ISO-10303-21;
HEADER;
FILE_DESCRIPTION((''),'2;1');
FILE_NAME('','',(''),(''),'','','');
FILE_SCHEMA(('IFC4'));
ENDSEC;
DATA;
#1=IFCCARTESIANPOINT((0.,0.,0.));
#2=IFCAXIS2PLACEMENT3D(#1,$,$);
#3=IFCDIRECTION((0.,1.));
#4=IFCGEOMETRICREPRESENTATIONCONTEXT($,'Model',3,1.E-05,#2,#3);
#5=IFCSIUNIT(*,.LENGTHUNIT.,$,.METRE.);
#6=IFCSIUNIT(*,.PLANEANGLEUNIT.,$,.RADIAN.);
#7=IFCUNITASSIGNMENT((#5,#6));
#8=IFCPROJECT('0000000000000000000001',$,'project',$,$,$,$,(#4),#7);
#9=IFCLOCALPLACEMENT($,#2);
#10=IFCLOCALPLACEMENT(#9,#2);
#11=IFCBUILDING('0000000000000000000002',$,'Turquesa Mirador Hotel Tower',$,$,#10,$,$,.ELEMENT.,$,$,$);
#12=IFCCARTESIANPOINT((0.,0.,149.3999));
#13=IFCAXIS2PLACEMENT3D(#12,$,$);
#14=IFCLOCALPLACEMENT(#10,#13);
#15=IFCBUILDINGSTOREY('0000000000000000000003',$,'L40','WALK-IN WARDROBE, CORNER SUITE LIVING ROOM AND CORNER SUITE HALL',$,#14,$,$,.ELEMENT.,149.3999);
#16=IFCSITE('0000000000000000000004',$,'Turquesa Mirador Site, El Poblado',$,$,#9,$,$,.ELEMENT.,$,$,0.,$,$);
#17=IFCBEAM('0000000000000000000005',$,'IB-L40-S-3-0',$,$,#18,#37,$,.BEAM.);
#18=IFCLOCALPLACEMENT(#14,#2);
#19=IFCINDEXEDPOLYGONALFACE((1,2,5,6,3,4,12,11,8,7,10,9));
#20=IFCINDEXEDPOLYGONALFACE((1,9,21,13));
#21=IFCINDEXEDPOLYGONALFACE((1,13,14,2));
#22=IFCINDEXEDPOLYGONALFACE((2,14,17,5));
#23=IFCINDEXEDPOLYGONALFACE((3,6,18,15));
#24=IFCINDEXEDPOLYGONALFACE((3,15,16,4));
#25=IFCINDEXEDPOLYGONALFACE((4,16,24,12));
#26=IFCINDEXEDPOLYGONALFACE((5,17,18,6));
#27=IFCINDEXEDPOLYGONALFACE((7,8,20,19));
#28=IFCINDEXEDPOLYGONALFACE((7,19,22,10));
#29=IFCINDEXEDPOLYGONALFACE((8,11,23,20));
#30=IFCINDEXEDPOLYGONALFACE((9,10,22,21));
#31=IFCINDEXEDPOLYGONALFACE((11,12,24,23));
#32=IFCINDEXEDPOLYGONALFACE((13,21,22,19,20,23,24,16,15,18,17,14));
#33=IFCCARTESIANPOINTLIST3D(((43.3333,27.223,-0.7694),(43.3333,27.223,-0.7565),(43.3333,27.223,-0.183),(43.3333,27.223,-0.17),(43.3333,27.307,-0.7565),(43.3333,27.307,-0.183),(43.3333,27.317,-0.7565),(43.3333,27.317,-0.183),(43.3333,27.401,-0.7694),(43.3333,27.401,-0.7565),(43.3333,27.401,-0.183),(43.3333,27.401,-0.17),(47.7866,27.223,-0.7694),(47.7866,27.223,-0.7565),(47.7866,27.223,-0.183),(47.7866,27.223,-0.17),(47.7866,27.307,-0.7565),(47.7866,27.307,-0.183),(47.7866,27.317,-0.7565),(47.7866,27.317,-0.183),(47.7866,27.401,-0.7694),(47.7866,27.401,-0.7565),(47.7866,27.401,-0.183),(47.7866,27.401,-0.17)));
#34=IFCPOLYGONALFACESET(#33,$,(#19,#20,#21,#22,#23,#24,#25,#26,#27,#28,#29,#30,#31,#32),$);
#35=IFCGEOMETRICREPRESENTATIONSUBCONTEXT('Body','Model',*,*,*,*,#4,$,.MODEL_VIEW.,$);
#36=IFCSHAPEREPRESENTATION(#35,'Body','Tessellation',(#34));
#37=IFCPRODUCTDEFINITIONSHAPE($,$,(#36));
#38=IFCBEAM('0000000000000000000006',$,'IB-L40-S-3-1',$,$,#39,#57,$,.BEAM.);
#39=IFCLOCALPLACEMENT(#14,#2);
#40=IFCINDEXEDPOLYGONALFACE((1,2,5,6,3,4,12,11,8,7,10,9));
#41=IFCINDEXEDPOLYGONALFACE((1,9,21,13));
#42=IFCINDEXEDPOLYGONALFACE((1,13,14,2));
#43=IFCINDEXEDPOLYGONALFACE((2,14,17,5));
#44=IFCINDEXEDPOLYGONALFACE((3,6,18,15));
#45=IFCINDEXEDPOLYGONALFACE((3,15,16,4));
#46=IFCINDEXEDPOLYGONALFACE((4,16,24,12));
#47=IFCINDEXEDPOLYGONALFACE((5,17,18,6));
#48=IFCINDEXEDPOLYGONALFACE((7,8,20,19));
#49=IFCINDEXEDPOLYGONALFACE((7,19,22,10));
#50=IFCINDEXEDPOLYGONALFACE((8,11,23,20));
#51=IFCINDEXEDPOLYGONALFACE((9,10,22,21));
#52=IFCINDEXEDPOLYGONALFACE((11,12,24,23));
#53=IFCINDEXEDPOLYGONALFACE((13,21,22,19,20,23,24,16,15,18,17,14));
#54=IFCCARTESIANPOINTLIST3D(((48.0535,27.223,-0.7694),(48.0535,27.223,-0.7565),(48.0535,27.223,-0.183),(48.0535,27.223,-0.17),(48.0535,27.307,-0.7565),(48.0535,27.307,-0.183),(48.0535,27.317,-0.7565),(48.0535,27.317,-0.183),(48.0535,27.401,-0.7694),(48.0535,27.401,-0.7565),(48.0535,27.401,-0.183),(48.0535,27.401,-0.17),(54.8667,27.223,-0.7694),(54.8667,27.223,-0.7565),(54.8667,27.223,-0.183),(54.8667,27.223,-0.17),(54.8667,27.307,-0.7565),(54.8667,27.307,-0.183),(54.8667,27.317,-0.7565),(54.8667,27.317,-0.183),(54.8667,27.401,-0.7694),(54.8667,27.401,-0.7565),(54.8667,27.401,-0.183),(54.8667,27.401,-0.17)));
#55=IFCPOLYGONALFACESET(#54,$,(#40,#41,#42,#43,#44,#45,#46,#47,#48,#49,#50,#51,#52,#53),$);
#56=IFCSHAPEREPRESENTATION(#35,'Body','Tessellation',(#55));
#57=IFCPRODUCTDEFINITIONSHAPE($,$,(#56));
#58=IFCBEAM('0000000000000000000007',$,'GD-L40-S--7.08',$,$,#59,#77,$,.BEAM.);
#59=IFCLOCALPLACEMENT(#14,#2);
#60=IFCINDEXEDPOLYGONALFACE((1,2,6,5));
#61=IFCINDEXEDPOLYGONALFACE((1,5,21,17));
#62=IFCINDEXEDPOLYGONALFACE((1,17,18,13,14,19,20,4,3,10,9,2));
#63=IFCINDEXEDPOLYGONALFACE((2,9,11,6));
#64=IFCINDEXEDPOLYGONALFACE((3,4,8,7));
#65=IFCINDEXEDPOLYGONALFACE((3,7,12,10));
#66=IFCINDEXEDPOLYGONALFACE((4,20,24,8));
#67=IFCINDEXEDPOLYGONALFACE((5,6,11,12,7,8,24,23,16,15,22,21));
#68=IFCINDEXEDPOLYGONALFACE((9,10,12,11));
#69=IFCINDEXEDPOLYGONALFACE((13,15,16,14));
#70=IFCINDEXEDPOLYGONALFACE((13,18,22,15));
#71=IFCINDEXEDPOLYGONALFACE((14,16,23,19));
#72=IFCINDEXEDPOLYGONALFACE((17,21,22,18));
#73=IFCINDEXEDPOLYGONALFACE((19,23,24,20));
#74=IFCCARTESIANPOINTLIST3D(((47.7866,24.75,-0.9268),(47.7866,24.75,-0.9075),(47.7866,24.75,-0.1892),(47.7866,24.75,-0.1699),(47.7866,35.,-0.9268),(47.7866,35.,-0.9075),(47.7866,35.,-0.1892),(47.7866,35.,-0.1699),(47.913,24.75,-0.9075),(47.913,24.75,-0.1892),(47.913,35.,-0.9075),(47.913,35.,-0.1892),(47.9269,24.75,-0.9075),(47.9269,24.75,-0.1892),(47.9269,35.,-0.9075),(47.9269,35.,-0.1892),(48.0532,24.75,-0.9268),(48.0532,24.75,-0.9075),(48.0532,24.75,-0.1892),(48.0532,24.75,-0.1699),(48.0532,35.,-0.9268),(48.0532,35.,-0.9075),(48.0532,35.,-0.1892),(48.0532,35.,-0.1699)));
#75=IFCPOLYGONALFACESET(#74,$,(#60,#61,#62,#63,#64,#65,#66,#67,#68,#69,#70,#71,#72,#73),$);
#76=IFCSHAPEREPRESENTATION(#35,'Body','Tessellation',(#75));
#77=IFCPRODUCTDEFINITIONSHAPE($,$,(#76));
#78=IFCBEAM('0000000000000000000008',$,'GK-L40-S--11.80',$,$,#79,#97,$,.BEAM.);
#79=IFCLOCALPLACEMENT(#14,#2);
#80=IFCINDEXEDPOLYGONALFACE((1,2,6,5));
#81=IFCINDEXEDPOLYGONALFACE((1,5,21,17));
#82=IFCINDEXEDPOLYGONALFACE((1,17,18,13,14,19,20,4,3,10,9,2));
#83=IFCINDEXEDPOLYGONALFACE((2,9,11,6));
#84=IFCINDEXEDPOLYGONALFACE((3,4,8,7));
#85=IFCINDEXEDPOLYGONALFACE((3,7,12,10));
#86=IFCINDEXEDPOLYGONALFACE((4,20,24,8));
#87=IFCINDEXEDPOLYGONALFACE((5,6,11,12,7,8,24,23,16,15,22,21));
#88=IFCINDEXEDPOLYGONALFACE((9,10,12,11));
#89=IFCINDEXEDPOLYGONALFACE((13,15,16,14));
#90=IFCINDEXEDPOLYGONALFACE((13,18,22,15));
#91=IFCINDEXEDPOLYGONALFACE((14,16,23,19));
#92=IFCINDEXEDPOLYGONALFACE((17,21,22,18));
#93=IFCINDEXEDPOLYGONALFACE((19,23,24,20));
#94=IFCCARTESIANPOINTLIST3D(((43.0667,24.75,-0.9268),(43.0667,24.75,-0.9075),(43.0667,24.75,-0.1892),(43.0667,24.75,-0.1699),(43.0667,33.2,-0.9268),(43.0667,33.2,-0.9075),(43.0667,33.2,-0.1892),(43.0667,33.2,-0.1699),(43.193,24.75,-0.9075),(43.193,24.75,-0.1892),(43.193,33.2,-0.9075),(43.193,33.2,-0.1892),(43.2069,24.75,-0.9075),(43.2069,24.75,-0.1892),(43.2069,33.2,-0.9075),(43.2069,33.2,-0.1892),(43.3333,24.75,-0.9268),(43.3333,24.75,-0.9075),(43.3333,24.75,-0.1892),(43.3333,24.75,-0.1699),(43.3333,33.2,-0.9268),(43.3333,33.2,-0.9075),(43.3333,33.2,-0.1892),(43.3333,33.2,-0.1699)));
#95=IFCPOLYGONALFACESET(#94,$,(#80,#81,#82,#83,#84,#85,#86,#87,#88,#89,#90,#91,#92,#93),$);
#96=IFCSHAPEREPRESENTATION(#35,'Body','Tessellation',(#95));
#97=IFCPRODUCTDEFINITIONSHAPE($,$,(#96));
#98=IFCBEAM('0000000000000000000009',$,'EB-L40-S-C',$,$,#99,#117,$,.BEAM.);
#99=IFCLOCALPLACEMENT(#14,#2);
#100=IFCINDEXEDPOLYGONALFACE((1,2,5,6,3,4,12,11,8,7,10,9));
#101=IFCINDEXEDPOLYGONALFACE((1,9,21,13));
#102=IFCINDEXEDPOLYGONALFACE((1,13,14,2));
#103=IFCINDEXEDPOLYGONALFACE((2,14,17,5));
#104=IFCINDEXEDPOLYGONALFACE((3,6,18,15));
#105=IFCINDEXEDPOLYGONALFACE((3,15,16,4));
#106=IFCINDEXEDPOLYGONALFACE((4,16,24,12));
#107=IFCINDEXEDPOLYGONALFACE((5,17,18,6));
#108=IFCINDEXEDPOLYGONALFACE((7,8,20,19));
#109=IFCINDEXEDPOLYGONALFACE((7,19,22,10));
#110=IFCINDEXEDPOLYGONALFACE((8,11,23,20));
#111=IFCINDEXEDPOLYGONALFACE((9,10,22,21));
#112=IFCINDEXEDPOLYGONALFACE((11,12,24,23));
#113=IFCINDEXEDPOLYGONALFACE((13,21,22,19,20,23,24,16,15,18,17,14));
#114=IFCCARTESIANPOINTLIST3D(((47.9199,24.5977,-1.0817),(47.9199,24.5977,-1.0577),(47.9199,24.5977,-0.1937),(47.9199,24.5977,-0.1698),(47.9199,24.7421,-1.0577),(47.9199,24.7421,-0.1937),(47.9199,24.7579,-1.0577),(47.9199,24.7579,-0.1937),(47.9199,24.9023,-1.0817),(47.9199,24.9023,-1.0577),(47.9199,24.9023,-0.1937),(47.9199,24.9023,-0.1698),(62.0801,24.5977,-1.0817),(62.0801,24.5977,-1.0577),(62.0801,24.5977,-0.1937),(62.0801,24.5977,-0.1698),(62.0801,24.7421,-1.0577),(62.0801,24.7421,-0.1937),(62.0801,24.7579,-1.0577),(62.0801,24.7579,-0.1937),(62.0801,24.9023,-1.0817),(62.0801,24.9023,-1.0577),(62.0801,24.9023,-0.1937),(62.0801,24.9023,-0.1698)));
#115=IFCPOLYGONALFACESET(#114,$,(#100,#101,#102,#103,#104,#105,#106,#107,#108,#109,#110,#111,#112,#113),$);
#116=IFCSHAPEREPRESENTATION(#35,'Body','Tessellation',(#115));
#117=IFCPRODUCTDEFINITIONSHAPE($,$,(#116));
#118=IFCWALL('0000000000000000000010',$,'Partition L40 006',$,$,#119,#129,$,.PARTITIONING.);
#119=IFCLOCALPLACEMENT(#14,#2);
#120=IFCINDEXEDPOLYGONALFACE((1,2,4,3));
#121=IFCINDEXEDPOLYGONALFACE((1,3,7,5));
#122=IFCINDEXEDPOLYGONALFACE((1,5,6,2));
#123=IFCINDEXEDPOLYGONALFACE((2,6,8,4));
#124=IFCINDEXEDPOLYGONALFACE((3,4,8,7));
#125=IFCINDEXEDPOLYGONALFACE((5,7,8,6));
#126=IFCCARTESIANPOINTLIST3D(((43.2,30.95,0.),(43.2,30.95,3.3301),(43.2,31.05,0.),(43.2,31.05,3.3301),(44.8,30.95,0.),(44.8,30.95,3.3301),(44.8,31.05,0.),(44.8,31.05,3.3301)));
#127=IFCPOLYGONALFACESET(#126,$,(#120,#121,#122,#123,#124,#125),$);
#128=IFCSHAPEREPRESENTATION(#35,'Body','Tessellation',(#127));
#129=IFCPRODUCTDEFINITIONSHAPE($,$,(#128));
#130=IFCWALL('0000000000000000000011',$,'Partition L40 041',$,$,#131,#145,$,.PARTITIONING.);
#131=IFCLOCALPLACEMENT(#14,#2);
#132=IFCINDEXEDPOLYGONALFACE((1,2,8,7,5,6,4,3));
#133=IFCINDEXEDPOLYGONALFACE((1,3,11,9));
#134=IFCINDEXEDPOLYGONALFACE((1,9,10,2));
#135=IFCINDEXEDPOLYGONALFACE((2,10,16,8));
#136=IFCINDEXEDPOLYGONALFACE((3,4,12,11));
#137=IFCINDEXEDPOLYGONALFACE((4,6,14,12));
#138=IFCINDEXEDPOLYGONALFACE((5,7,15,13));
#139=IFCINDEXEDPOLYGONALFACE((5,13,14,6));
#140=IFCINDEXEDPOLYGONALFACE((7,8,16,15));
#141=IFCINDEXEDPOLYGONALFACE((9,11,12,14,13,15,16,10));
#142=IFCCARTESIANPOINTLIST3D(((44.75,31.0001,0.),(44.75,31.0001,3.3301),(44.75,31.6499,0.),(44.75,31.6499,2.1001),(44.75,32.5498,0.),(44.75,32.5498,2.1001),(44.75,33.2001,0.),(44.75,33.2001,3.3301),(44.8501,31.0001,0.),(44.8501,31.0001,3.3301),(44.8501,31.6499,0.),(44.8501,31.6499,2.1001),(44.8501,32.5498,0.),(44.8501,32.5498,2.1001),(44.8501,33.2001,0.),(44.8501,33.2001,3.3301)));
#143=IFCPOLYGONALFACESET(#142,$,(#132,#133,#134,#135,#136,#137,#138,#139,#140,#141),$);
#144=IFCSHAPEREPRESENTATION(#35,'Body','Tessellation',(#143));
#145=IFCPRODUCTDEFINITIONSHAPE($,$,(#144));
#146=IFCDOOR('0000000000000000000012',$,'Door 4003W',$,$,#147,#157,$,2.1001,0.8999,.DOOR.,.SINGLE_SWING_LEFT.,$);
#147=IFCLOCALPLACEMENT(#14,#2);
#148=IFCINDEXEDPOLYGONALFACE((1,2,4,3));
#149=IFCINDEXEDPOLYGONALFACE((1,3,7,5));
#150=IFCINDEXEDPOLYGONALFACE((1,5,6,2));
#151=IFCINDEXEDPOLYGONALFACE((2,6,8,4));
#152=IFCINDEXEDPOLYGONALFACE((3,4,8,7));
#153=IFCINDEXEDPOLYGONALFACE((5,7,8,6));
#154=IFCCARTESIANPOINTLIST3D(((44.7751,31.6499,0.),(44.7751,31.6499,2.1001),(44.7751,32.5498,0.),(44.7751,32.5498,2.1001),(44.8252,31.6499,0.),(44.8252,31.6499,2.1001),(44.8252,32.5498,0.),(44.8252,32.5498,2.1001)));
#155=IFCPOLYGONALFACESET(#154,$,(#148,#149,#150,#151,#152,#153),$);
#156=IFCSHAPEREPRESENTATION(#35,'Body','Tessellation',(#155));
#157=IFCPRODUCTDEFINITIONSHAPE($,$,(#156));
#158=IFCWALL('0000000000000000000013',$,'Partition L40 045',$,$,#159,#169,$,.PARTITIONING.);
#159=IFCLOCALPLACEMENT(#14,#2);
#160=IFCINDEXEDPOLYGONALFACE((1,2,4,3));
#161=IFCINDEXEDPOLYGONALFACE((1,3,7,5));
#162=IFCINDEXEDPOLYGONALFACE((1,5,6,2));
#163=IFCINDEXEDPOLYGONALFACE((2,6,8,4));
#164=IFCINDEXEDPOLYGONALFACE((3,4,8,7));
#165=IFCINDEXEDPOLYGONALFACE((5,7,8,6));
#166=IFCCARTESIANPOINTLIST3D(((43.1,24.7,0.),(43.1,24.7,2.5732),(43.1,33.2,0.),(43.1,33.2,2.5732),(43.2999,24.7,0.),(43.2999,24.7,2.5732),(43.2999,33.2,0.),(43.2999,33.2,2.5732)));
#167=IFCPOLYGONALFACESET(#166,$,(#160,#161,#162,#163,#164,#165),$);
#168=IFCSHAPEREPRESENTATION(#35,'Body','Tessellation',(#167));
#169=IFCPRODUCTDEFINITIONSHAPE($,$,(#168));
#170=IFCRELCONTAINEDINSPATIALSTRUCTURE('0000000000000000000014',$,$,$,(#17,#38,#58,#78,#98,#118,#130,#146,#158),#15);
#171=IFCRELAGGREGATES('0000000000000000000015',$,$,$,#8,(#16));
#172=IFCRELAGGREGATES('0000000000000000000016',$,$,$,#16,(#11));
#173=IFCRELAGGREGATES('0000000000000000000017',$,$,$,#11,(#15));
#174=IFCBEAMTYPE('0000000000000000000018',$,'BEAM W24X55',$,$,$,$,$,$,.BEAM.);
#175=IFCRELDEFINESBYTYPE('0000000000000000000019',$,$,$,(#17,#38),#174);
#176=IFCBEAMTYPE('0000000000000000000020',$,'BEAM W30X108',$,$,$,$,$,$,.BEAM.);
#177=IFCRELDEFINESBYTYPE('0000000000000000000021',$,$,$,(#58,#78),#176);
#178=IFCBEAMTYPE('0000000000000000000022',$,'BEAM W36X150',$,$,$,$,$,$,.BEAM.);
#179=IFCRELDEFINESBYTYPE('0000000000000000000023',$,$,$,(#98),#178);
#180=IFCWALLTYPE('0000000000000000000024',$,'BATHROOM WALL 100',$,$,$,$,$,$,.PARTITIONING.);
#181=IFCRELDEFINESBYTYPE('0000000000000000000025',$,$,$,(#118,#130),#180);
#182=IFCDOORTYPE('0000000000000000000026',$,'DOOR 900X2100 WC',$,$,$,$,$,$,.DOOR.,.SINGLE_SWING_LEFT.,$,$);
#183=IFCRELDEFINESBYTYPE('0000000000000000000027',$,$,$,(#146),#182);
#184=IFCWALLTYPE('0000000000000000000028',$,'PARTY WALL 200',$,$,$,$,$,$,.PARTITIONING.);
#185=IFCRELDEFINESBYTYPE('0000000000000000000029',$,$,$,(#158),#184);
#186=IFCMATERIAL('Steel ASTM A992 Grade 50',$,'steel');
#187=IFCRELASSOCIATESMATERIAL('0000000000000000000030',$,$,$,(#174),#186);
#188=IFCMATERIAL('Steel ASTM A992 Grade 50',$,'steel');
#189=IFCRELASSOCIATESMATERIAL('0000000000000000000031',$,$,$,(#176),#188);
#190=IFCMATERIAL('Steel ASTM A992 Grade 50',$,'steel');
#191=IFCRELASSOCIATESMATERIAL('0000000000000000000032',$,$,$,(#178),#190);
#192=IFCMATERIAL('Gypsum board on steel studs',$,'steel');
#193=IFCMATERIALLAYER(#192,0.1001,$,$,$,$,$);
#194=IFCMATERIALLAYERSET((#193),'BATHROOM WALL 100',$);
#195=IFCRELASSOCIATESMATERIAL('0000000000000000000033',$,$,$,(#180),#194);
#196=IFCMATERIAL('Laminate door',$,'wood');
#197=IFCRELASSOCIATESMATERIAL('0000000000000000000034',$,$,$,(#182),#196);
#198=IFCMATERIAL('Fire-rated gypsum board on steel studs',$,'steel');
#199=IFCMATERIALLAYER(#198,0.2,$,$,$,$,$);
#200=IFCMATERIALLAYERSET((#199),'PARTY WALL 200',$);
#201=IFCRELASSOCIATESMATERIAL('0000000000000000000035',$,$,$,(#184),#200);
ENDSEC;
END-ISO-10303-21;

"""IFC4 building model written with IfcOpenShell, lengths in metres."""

from ifc_helpers import new_model, si_unit, direction, frame, frame_2d, origin, origin_2d, place, context, subcontext, project, spatial, rectangle, i_section, extrude, material, layer, layer_set, material_profile, profile_set, type_object, element, fill, save


model = new_model("IFC4")

# Units and contexts
model_context = context("Model", 3, precision=1e-05, world=origin(), true_north=direction((0.0, 1.0)))
body_context = subcontext(model_context, "Body", "Model", "MODEL_VIEW")
ifc_project = project(units=[si_unit("LENGTHUNIT", "METRE"), si_unit("PLANEANGLEUNIT", "RADIAN")], contexts=[model_context])

# Site, building, storey
site_placement = place(None, origin())
site = spatial("IfcSite", under=ifc_project, at=site_placement, Name="Turquesa Mirador Site, El Poblado", CompositionType="ELEMENT", RefElevation=0.0)
building_placement = place(site_placement, origin())
building = spatial("IfcBuilding", under=site, at=building_placement, Name="Turquesa Mirador Hotel Tower", CompositionType="ELEMENT")
storey_placement = place(building_placement, frame((0.0, 0.0, 149.3999)))
storey = spatial("IfcBuildingStorey", under=building, at=storey_placement, Name="L40", Description="WALK-IN WARDROBE, CORNER SUITE LIVING ROOM AND CORNER SUITE HALL", CompositionType="ELEMENT", Elevation=149.3999)

# Beams
ifc_material_1 = material(Name="Steel ASTM A992 Grade 50", Category="steel")
ifc_material_profile_1 = material_profile(ifc_material_1, i_section(OverallWidth=0.178, OverallDepth=0.5994, WebThickness=0.01, FlangeThickness=0.0129, at=origin_2d()), Name="W24X55")
ifc_profile_set_1 = profile_set([ifc_material_profile_1], Name="Steel ASTM A992 Grade 50")
beam_type_1 = type_object("IfcBeamType", Name="BEAM W24X55", PredefinedType="BEAM", material=ifc_profile_set_1)
beam_1_placement = place(storey_placement, frame((43.3333, 27.312, -0.4697), z_axis=(1.0, 0.0, 0.0), x_axis=(0.0, 1.0, 0.0)))
element("IfcBeam", 1, at=beam_1_placement, inside=storey, type_object=beam_type_1, Name="IB-L40-S-3-0", PredefinedType="BEAM", context=body_context, shape_type="SweptSolid", body=[
    extrude(i_section(OverallWidth=0.178, OverallDepth=0.5994, WebThickness=0.01, FlangeThickness=0.0129, at=origin_2d()), origin(), (0.0, 0.0, 1.0), 4.4534),
])
beam_2_placement = place(storey_placement, frame((48.0535, 27.312, -0.4697), z_axis=(1.0, 0.0, 0.0), x_axis=(0.0, 1.0, 0.0)))
element("IfcBeam", 2, at=beam_2_placement, inside=storey, type_object=beam_type_1, Name="IB-L40-S-3-1", PredefinedType="BEAM", context=body_context, shape_type="SweptSolid", body=[
    extrude(i_section(OverallWidth=0.178, OverallDepth=0.5994, WebThickness=0.01, FlangeThickness=0.0129, at=origin_2d()), origin(), (0.0, 0.0, 1.0), 6.8132),
])
ifc_material_2 = material(Name="Steel ASTM A992 Grade 50", Category="steel")
ifc_material_profile_2 = material_profile(ifc_material_2, i_section(OverallWidth=0.2666, OverallDepth=0.7568, WebThickness=0.0139, FlangeThickness=0.0193, at=origin_2d()), Name="W30X108")
ifc_profile_set_2 = profile_set([ifc_material_profile_2], Name="Steel ASTM A992 Grade 50")
beam_type_2 = type_object("IfcBeamType", Name="BEAM W30X108", PredefinedType="BEAM", material=ifc_profile_set_2)
beam_3_placement = place(storey_placement, frame((47.9199, 24.75, -0.5483), z_axis=(0.0, 1.0, 0.0), x_axis=(-1.0, 0.0, 0.0)))
element("IfcBeam", 3, at=beam_3_placement, inside=storey, type_object=beam_type_2, Name="GD-L40-S--7.08", PredefinedType="BEAM", context=body_context, shape_type="SweptSolid", body=[
    extrude(i_section(OverallWidth=0.2666, OverallDepth=0.7568, WebThickness=0.0139, FlangeThickness=0.0193, at=origin_2d()), origin(), (0.0, 0.0, 1.0), 10.25),
])
beam_4_placement = place(storey_placement, frame((43.2, 24.75, -0.5483), z_axis=(0.0, 1.0, 0.0), x_axis=(-1.0, 0.0, 0.0)))
element("IfcBeam", 4, at=beam_4_placement, inside=storey, type_object=beam_type_2, Name="GK-L40-S--11.80", PredefinedType="BEAM", context=body_context, shape_type="SweptSolid", body=[
    extrude(i_section(OverallWidth=0.2666, OverallDepth=0.7568, WebThickness=0.0139, FlangeThickness=0.0193, at=origin_2d()), origin(), (0.0, 0.0, 1.0), 8.45),
])
ifc_material_3 = material(Name="Steel ASTM A992 Grade 50", Category="steel")
ifc_material_profile_3 = material_profile(ifc_material_3, i_section(OverallWidth=0.3047, OverallDepth=0.9119, WebThickness=0.0159, FlangeThickness=0.0239, at=origin_2d()), Name="W36X150")
ifc_profile_set_3 = profile_set([ifc_material_profile_3], Name="Steel ASTM A992 Grade 50")
beam_type_3 = type_object("IfcBeamType", Name="BEAM W36X150", PredefinedType="BEAM", material=ifc_profile_set_3)
beam_5_placement = place(storey_placement, frame((47.9199, 24.75, -0.6257), z_axis=(1.0, 0.0, 0.0), x_axis=(0.0, 1.0, 0.0)))
element("IfcBeam", 5, at=beam_5_placement, inside=storey, type_object=beam_type_3, Name="EB-L40-S-C", PredefinedType="BEAM", context=body_context, shape_type="SweptSolid", body=[
    extrude(i_section(OverallWidth=0.3047, OverallDepth=0.9119, WebThickness=0.0159, FlangeThickness=0.0239, at=origin_2d()), origin(), (0.0, 0.0, 1.0), 14.1602),
])

# Wall
ifc_material_4 = material(Name="Gypsum board on steel studs", Category="steel")
ifc_layer_1 = layer(ifc_material_4, 0.1001)
ifc_layer_set_1 = layer_set([ifc_layer_1], Name="BATHROOM WALL 100")
wall_type_1 = type_object("IfcWallType", Name="BATHROOM WALL 100", PredefinedType="PARTITIONING", material=ifc_layer_set_1)
wall_1_placement = place(storey_placement, frame((43.2, 31.0, 0.0), z_axis=(0.0, 0.0, 1.0), x_axis=(1.0, 0.0, 0.0)))
element("IfcWall", 6, at=wall_1_placement, inside=storey, type_object=wall_type_1, Name="Partition L40 006", PredefinedType="PARTITIONING", context=body_context, shape_type="SweptSolid", body=[
    extrude(rectangle(XDim=1.6001, YDim=0.1001, at=frame_2d((0.8, 0.0))), origin(), (0.0, 0.0, 1.0), 3.3301),
])

# Wall, opening, door
wall_2_placement = place(storey_placement, frame((44.8, 31.0, 0.0), z_axis=(0.0, 0.0, 1.0), x_axis=(0.0, 1.0, 0.0)))
wall_2 = element("IfcWall", 7, at=wall_2_placement, inside=storey, type_object=wall_type_1, Name="Partition L40 041", PredefinedType="PARTITIONING", context=body_context, shape_type="SweptSolid", body=[
    extrude(rectangle(XDim=2.2, YDim=0.1001, at=frame_2d((1.1001, 0.0))), origin(), (0.0, 0.0, 1.0), 3.3301),
])
opening_placement = place(wall_2_placement, frame((0.6499, 0.0, 0.0)))
opening = element("IfcOpeningElement", 8, at=opening_placement, cuts=wall_2, PredefinedType="OPENING", context=body_context, shape_type="SweptSolid", body=[
    extrude(rectangle(XDim=0.8999, YDim=2.1001, at=frame_2d((0.45, 1.05))), frame((0.0, 0.0601, 0.0), z_axis=(0.0, -1.0, 0.0), x_axis=(1.0, 0.0, 0.0)), (0.0, 0.0, 1.0), 0.1201),
])
ifc_material_5 = material(Name="Laminate door", Category="wood")
door_type = type_object("IfcDoorType", Name="DOOR 900X2100 WC", OperationType="SINGLE_SWING_LEFT", PredefinedType="DOOR", material=ifc_material_5)
door_placement = place(opening_placement, origin())
door = element("IfcDoor", 9, at=door_placement, inside=storey, type_object=door_type, Name="Door 4003W", OperationType="SINGLE_SWING_LEFT", OverallHeight=2.1001, OverallWidth=0.8999, PredefinedType="DOOR", context=body_context, shape_type="SweptSolid", body=[
    extrude(rectangle(XDim=0.8999, YDim=2.1001, at=frame_2d((0.45, 1.05))), frame((0.0, 0.0249, 0.0), z_axis=(0.0, -1.0, 0.0), x_axis=(1.0, 0.0, 0.0)), (0.0, 0.0, 1.0), 0.05),
])
fill(opening, door)

# Wall
ifc_material_6 = material(Name="Fire-rated gypsum board on steel studs", Category="steel")
ifc_layer_2 = layer(ifc_material_6, 0.2)
ifc_layer_set_2 = layer_set([ifc_layer_2], Name="PARTY WALL 200")
wall_type_2 = type_object("IfcWallType", Name="PARTY WALL 200", PredefinedType="PARTITIONING", material=ifc_layer_set_2)
wall_3_placement = place(storey_placement, frame((43.2, 24.7, 0.0), z_axis=(0.0, 0.0, 1.0), x_axis=(0.0, 1.0, 0.0)))
element("IfcWall", 10, at=wall_3_placement, inside=storey, type_object=wall_type_2, Name="Partition L40 045", PredefinedType="PARTITIONING", context=body_context, shape_type="SweptSolid", body=[
    extrude(rectangle(XDim=8.5, YDim=0.2, at=frame_2d((4.25, 0.0))), origin(), (0.0, 0.0, 1.0), 2.5732),
])

save(model, "model.ifc")
